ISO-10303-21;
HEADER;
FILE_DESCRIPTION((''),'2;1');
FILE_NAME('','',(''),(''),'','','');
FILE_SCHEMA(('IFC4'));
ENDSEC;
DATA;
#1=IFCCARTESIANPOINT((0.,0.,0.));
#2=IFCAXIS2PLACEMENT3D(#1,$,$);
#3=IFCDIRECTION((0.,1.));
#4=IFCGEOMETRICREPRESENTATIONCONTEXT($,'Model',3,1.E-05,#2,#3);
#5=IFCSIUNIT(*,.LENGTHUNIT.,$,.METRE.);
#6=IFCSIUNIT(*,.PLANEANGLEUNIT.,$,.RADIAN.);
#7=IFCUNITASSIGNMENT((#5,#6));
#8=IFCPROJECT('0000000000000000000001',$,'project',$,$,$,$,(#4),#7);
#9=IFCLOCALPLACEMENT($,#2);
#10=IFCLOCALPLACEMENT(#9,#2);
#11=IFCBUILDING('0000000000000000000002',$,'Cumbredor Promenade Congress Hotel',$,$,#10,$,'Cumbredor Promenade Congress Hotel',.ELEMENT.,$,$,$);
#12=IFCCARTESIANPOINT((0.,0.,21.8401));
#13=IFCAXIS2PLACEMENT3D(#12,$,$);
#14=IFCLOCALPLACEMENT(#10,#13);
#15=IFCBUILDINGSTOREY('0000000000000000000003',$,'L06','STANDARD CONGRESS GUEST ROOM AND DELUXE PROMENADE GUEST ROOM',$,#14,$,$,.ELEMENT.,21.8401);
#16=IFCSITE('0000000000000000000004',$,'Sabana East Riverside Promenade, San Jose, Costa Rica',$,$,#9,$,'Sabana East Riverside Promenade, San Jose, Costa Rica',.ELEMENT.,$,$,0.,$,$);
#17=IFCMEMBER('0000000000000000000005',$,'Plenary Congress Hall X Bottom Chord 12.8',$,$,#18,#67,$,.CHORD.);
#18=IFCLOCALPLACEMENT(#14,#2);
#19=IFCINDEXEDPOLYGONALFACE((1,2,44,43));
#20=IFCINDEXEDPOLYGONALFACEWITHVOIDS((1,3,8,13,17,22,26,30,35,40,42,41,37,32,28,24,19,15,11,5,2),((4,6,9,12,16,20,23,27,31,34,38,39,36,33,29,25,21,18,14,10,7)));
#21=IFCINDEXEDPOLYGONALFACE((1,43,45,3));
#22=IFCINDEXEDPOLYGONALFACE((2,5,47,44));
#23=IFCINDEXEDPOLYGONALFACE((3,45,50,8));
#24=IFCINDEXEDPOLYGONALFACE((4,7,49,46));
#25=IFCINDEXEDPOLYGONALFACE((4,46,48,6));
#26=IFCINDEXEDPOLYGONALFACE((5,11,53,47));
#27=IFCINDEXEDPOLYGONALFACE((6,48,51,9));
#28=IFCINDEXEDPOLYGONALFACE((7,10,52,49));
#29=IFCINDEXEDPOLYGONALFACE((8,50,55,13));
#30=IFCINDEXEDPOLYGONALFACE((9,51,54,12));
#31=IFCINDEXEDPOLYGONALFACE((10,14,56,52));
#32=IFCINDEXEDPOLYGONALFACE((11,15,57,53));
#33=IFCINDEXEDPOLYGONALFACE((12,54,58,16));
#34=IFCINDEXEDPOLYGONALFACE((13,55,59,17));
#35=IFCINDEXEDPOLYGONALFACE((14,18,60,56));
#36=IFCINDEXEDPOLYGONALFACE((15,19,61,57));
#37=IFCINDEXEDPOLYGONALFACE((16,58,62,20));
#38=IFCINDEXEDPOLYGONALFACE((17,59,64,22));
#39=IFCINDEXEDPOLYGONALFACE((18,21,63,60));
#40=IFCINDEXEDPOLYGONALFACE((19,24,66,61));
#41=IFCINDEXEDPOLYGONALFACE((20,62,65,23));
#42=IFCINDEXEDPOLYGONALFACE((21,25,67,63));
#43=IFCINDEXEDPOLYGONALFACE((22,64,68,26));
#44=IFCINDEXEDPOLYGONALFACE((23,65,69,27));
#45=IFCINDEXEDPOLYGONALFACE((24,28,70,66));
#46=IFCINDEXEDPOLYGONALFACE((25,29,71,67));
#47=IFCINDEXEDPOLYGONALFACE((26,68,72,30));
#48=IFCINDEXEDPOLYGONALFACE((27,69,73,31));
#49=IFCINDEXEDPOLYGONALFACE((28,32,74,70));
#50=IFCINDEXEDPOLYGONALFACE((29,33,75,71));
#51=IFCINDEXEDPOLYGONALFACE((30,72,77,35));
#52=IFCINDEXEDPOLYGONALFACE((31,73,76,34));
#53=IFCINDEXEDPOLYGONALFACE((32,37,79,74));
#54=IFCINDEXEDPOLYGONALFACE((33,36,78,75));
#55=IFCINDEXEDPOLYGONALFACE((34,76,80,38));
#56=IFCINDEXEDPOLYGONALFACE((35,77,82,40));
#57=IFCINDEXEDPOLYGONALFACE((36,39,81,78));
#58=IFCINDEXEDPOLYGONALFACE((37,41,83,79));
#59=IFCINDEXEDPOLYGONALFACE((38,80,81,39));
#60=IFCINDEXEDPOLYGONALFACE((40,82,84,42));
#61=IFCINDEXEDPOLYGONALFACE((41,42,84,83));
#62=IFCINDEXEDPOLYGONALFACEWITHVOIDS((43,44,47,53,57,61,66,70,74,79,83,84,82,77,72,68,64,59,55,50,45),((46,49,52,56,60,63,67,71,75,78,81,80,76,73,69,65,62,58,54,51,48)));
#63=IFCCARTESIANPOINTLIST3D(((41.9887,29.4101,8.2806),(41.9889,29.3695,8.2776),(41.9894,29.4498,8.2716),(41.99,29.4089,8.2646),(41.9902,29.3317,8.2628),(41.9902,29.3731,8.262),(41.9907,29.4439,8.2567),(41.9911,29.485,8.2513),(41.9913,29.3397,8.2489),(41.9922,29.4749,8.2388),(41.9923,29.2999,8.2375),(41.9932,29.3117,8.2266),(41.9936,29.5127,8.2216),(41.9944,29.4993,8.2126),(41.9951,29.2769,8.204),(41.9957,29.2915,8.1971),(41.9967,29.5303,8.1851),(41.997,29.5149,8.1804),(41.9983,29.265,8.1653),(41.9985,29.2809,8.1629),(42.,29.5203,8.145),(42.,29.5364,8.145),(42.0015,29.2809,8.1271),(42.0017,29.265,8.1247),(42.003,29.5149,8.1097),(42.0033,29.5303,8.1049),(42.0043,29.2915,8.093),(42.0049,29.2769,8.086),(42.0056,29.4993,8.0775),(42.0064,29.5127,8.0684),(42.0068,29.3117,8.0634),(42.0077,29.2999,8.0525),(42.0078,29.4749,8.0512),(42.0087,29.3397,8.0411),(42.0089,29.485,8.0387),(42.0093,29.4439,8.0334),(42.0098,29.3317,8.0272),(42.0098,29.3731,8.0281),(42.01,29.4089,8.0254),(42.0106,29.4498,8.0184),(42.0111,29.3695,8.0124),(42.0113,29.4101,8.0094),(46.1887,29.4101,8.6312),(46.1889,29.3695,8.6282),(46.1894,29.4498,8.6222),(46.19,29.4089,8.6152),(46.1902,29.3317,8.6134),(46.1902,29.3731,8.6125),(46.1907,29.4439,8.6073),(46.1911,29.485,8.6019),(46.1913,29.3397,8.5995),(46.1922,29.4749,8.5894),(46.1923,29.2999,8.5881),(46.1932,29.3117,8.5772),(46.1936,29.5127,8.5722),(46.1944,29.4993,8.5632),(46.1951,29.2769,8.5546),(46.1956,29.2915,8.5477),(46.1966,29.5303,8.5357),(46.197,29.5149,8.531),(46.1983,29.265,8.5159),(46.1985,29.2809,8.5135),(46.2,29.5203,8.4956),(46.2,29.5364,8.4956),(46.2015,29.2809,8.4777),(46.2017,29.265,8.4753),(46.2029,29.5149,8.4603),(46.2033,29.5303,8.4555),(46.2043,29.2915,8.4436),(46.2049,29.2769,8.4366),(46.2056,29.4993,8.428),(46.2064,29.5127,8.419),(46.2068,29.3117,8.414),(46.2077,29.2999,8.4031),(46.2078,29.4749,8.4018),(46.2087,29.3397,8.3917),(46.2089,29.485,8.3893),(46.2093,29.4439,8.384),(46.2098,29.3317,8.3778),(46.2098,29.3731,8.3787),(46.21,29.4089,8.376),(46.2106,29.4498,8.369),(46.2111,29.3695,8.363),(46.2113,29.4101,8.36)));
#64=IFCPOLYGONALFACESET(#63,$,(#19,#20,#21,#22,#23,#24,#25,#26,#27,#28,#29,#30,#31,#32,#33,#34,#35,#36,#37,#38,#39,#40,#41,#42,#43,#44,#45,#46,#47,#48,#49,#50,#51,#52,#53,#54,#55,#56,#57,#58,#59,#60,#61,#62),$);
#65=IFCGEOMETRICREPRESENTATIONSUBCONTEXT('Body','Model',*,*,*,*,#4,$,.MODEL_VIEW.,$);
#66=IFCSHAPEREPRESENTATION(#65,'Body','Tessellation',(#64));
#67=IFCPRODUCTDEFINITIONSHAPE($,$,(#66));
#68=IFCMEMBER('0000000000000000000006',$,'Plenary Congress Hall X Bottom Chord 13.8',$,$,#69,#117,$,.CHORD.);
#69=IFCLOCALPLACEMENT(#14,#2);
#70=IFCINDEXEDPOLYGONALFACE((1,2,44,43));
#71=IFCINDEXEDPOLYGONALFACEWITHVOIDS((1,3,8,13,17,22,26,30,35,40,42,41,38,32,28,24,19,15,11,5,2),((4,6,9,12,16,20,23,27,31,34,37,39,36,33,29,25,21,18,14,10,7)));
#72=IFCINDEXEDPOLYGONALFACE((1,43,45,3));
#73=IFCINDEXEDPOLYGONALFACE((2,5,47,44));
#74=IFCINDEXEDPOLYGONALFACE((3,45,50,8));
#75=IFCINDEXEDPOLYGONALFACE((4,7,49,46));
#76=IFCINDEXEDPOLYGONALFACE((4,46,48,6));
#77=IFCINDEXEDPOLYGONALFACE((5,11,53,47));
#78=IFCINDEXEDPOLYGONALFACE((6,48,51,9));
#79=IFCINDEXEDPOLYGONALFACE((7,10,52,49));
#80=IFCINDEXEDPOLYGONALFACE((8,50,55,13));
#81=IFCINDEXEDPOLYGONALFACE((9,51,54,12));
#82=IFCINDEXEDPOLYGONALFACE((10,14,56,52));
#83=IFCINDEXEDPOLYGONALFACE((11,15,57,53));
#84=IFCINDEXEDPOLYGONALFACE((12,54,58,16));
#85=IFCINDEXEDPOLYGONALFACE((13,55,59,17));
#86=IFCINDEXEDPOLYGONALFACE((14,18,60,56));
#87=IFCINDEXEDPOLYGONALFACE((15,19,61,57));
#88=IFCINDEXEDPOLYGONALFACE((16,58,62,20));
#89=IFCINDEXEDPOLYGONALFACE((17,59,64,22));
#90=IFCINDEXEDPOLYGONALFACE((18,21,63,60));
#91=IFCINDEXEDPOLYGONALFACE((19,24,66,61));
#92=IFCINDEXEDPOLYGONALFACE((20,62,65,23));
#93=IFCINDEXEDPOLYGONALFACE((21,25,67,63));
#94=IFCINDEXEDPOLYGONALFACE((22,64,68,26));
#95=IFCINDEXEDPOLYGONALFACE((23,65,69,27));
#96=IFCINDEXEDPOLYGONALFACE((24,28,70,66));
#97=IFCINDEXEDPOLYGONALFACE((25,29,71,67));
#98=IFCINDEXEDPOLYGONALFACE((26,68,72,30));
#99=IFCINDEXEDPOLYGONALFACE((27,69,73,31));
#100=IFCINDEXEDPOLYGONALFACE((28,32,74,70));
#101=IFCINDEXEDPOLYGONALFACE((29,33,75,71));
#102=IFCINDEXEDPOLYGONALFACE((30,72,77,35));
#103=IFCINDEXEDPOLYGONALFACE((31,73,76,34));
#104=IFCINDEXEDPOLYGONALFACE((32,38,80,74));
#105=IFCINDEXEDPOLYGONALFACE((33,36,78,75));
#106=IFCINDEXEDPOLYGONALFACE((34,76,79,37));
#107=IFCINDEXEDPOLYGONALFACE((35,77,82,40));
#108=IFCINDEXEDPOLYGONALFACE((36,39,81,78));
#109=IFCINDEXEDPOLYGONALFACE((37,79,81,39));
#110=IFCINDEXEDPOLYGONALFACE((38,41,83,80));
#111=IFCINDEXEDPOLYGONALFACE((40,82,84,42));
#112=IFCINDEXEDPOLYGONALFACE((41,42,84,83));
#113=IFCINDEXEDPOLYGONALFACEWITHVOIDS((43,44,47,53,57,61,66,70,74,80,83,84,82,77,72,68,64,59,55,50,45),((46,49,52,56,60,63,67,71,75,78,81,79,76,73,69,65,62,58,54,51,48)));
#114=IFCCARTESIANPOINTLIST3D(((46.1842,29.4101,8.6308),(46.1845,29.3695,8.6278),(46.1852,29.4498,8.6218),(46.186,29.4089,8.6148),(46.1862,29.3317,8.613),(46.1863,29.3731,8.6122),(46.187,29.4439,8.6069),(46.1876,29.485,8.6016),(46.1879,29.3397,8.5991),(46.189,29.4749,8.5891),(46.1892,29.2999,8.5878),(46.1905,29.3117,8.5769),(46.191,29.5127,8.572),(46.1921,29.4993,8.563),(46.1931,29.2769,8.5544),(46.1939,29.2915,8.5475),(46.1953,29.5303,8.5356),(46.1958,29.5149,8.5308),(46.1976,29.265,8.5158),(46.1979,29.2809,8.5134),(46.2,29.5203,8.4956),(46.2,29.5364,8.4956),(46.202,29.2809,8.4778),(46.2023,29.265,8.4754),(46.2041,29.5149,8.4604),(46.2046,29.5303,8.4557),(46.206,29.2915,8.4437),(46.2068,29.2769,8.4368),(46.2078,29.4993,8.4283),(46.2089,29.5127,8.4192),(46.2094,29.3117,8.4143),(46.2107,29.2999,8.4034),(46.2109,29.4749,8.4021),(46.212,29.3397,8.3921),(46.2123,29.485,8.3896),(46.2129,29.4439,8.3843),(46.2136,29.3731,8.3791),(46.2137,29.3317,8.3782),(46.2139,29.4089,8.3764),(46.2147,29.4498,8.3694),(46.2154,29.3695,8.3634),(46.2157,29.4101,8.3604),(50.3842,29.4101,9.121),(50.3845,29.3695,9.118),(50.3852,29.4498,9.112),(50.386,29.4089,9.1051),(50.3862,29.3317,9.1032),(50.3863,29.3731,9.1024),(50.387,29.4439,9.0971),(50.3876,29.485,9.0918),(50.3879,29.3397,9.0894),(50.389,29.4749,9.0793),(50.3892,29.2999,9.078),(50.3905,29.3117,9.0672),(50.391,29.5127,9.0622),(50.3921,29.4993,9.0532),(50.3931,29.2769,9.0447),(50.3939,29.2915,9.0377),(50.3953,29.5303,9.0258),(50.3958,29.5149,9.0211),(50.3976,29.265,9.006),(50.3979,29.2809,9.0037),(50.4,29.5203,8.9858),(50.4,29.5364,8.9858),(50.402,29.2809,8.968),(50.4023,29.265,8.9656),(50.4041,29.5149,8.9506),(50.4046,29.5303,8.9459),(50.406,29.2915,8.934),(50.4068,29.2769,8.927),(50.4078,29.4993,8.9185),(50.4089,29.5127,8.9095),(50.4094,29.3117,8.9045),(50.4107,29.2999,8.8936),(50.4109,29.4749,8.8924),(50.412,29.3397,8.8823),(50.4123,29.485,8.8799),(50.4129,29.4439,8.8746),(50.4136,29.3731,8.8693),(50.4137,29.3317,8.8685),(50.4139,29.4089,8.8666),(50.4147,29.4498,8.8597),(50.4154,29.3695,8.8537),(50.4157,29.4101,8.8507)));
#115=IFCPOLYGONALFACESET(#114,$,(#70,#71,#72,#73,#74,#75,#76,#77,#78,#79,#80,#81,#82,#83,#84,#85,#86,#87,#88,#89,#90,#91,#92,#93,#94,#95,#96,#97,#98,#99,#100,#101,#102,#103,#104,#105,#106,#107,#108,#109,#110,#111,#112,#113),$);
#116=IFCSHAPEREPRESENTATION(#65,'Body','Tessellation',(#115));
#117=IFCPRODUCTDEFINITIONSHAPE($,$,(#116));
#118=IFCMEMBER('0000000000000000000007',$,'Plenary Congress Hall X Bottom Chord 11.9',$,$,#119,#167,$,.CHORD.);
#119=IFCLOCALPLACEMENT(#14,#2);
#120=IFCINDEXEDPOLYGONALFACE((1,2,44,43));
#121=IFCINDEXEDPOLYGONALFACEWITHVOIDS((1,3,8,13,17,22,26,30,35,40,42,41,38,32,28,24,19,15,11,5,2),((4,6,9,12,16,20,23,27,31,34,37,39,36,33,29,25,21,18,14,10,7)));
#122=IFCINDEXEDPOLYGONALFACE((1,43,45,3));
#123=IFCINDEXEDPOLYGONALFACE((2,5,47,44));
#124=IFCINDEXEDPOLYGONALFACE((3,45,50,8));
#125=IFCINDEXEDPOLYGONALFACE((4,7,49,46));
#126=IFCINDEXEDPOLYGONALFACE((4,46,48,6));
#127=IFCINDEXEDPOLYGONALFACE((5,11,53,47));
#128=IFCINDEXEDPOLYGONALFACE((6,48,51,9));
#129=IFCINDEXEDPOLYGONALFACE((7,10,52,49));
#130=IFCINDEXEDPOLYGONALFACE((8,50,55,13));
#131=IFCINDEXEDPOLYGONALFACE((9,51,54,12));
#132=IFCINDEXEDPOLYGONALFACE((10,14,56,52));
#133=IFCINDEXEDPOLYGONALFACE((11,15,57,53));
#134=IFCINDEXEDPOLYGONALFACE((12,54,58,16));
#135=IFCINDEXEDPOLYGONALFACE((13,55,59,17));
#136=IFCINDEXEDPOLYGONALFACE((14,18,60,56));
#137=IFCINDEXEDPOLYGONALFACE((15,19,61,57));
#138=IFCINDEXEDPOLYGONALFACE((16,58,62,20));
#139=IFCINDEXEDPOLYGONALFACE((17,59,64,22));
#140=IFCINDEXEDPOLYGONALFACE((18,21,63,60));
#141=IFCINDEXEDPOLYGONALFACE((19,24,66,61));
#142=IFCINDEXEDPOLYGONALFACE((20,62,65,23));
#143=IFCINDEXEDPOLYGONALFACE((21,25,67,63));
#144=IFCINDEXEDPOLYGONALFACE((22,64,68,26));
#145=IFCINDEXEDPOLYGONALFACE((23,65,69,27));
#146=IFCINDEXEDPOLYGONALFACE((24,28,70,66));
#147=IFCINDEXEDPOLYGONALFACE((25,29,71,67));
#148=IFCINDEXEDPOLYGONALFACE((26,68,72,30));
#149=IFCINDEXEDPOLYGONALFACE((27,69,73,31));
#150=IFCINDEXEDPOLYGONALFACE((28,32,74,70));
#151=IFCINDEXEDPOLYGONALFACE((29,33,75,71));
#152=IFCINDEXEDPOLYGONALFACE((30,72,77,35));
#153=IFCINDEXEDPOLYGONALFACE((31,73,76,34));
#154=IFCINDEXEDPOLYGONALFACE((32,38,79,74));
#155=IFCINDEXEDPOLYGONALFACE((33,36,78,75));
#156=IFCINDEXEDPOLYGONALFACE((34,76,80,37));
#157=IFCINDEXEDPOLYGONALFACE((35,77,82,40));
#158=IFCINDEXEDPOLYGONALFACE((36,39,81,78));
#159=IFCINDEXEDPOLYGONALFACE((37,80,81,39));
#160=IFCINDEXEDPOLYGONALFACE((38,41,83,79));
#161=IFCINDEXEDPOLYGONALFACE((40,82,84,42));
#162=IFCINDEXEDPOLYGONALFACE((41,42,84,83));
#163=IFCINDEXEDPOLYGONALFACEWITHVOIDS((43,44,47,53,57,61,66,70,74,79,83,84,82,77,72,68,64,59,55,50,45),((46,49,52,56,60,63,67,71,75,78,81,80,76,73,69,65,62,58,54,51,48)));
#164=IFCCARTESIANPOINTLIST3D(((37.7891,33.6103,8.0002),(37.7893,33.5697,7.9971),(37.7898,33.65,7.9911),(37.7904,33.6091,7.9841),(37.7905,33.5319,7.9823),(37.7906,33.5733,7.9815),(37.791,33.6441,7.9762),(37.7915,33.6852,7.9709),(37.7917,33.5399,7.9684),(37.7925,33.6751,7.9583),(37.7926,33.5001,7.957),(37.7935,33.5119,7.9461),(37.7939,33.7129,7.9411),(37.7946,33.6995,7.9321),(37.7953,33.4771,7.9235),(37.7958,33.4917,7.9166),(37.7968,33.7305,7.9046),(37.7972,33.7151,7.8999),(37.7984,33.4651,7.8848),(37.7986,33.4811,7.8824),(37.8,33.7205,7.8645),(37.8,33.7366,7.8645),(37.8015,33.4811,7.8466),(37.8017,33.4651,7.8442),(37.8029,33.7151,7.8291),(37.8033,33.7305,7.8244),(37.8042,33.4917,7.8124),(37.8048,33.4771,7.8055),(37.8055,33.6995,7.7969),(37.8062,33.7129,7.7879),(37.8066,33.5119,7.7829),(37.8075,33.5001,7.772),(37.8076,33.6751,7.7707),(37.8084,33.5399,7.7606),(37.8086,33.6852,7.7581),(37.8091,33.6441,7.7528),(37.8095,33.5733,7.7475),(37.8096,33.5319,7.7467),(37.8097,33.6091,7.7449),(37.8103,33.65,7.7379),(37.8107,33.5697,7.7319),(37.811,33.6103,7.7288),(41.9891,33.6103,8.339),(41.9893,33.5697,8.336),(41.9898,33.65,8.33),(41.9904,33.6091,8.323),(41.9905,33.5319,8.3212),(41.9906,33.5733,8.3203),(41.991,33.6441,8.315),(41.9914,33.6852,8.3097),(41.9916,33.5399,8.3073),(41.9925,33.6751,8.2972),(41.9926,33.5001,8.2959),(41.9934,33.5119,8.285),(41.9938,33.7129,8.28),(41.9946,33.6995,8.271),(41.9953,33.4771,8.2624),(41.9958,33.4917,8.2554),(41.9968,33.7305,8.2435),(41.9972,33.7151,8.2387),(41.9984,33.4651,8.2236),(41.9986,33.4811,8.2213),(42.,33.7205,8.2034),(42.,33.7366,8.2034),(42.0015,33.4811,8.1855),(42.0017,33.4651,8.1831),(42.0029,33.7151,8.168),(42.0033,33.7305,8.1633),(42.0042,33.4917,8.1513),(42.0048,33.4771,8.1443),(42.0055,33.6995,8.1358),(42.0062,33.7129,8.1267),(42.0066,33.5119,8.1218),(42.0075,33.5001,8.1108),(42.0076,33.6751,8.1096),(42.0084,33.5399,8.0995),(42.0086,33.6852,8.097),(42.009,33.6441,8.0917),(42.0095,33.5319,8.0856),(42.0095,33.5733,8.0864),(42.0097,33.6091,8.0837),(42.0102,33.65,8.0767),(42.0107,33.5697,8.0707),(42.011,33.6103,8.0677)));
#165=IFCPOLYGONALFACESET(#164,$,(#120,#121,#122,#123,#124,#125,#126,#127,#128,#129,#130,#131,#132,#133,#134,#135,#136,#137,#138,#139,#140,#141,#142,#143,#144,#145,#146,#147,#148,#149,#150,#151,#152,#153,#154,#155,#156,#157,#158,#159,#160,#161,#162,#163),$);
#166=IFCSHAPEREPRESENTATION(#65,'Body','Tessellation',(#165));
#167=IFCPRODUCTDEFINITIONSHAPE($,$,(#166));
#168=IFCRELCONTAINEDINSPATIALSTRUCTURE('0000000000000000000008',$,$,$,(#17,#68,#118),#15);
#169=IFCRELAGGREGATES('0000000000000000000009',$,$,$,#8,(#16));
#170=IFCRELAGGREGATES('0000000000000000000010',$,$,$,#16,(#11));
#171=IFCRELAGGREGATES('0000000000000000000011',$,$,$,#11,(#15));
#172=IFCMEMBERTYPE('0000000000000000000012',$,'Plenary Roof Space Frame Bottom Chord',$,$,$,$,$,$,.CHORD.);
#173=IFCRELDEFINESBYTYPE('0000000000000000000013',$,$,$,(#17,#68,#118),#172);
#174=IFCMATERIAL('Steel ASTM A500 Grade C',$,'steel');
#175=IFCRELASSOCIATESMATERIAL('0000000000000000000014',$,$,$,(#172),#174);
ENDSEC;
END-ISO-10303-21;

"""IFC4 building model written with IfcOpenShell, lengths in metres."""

from ifc_helpers import new_model, si_unit, direction, frame, origin, origin_2d, place, context, subcontext, project, spatial, hollow_circle, extrude, material, material_profile, profile_set, type_object, element, save


model = new_model("IFC4")

# Units and contexts
model_context = context("Model", 3, precision=1e-05, world=origin(), true_north=direction((0.0, 1.0)))
body_context = subcontext(model_context, "Body", "Model", "MODEL_VIEW")
ifc_project = project(units=[si_unit("LENGTHUNIT", "METRE"), si_unit("PLANEANGLEUNIT", "RADIAN")], contexts=[model_context])

# Site, building, storey
site_placement = place(None, origin())
site = spatial("IfcSite", under=ifc_project, at=site_placement, Name="Sabana East Riverside Promenade, San Jose, Costa Rica", LongName="Sabana East Riverside Promenade, San Jose, Costa Rica", CompositionType="ELEMENT", RefElevation=0.0)
building_placement = place(site_placement, origin())
building = spatial("IfcBuilding", under=site, at=building_placement, Name="Cumbredor Promenade Congress Hotel", LongName="Cumbredor Promenade Congress Hotel", CompositionType="ELEMENT")
storey_placement = place(building_placement, frame((0.0, 0.0, 21.8401)))
storey = spatial("IfcBuildingStorey", under=building, at=storey_placement, Name="L06", Description="STANDARD CONGRESS GUEST ROOM AND DELUXE PROMENADE GUEST ROOM", CompositionType="ELEMENT", Elevation=21.8401)

# Members
ifc_material_1 = material(Name="Steel ASTM A500 Grade C", Category="steel")
ifc_material_profile_1 = material_profile(ifc_material_1, hollow_circle(Radius=0.1365, WallThickness=0.0161, at=origin_2d()), Name="CHS 273.0x16")
ifc_profile_set_1 = profile_set([ifc_material_profile_1], Name="Steel ASTM A500 Grade C")
member_type_1 = type_object("IfcMemberType", Name="Plenary Roof Space Frame Bottom Chord", PredefinedType="CHORD", material=ifc_profile_set_1)
member_1_placement = place(storey_placement, frame((42.0, 29.3999, 8.145), z_axis=(0.996534, 0.0, 0.083185), x_axis=(0.0, 1.0, 0.0)))
element("IfcMember", 1, at=member_1_placement, inside=storey, type_object=member_type_1, Name="Plenary Congress Hall X Bottom Chord 12.8", PredefinedType="CHORD", context=body_context, shape_type="SweptSolid", body=[
    extrude(hollow_circle(Radius=0.1365, WallThickness=0.0161, at=origin_2d()), origin(), (0.0, 0.0, 1.0), 4.2146),
])
member_2_placement = place(storey_placement, frame((46.2, 29.3999, 8.4956), z_axis=(0.993257, 0.0, 0.115937), x_axis=(0.0, 1.0, 0.0)))
element("IfcMember", 2, at=member_2_placement, inside=storey, type_object=member_type_1, Name="Plenary Congress Hall X Bottom Chord 13.8", PredefinedType="CHORD", context=body_context, shape_type="SweptSolid", body=[
    extrude(hollow_circle(Radius=0.1365, WallThickness=0.0161, at=origin_2d()), origin(), (0.0, 0.0, 1.0), 4.2285),
])
for number, where, z_axis, x_axis, name in (
    (3, (37.8, 33.6001, 7.8645), (0.996761, 0.0, 0.080422), (0.0, 1.0, 0.0), "Plenary Congress Hall X Bottom Chord 11.9"),
):
    element("IfcMember", number, at=place(storey_placement, frame(where, z_axis=z_axis, x_axis=x_axis)), inside=storey, type_object=member_type_1, Name=name, PredefinedType="CHORD", context=body_context, shape_type="SweptSolid", body=[
        extrude(hollow_circle(Radius=0.1365, WallThickness=0.0161, at=origin_2d()), origin(), (0.0, 0.0, 1.0), 4.2136),
    ])

save(model, "model.ifc")
